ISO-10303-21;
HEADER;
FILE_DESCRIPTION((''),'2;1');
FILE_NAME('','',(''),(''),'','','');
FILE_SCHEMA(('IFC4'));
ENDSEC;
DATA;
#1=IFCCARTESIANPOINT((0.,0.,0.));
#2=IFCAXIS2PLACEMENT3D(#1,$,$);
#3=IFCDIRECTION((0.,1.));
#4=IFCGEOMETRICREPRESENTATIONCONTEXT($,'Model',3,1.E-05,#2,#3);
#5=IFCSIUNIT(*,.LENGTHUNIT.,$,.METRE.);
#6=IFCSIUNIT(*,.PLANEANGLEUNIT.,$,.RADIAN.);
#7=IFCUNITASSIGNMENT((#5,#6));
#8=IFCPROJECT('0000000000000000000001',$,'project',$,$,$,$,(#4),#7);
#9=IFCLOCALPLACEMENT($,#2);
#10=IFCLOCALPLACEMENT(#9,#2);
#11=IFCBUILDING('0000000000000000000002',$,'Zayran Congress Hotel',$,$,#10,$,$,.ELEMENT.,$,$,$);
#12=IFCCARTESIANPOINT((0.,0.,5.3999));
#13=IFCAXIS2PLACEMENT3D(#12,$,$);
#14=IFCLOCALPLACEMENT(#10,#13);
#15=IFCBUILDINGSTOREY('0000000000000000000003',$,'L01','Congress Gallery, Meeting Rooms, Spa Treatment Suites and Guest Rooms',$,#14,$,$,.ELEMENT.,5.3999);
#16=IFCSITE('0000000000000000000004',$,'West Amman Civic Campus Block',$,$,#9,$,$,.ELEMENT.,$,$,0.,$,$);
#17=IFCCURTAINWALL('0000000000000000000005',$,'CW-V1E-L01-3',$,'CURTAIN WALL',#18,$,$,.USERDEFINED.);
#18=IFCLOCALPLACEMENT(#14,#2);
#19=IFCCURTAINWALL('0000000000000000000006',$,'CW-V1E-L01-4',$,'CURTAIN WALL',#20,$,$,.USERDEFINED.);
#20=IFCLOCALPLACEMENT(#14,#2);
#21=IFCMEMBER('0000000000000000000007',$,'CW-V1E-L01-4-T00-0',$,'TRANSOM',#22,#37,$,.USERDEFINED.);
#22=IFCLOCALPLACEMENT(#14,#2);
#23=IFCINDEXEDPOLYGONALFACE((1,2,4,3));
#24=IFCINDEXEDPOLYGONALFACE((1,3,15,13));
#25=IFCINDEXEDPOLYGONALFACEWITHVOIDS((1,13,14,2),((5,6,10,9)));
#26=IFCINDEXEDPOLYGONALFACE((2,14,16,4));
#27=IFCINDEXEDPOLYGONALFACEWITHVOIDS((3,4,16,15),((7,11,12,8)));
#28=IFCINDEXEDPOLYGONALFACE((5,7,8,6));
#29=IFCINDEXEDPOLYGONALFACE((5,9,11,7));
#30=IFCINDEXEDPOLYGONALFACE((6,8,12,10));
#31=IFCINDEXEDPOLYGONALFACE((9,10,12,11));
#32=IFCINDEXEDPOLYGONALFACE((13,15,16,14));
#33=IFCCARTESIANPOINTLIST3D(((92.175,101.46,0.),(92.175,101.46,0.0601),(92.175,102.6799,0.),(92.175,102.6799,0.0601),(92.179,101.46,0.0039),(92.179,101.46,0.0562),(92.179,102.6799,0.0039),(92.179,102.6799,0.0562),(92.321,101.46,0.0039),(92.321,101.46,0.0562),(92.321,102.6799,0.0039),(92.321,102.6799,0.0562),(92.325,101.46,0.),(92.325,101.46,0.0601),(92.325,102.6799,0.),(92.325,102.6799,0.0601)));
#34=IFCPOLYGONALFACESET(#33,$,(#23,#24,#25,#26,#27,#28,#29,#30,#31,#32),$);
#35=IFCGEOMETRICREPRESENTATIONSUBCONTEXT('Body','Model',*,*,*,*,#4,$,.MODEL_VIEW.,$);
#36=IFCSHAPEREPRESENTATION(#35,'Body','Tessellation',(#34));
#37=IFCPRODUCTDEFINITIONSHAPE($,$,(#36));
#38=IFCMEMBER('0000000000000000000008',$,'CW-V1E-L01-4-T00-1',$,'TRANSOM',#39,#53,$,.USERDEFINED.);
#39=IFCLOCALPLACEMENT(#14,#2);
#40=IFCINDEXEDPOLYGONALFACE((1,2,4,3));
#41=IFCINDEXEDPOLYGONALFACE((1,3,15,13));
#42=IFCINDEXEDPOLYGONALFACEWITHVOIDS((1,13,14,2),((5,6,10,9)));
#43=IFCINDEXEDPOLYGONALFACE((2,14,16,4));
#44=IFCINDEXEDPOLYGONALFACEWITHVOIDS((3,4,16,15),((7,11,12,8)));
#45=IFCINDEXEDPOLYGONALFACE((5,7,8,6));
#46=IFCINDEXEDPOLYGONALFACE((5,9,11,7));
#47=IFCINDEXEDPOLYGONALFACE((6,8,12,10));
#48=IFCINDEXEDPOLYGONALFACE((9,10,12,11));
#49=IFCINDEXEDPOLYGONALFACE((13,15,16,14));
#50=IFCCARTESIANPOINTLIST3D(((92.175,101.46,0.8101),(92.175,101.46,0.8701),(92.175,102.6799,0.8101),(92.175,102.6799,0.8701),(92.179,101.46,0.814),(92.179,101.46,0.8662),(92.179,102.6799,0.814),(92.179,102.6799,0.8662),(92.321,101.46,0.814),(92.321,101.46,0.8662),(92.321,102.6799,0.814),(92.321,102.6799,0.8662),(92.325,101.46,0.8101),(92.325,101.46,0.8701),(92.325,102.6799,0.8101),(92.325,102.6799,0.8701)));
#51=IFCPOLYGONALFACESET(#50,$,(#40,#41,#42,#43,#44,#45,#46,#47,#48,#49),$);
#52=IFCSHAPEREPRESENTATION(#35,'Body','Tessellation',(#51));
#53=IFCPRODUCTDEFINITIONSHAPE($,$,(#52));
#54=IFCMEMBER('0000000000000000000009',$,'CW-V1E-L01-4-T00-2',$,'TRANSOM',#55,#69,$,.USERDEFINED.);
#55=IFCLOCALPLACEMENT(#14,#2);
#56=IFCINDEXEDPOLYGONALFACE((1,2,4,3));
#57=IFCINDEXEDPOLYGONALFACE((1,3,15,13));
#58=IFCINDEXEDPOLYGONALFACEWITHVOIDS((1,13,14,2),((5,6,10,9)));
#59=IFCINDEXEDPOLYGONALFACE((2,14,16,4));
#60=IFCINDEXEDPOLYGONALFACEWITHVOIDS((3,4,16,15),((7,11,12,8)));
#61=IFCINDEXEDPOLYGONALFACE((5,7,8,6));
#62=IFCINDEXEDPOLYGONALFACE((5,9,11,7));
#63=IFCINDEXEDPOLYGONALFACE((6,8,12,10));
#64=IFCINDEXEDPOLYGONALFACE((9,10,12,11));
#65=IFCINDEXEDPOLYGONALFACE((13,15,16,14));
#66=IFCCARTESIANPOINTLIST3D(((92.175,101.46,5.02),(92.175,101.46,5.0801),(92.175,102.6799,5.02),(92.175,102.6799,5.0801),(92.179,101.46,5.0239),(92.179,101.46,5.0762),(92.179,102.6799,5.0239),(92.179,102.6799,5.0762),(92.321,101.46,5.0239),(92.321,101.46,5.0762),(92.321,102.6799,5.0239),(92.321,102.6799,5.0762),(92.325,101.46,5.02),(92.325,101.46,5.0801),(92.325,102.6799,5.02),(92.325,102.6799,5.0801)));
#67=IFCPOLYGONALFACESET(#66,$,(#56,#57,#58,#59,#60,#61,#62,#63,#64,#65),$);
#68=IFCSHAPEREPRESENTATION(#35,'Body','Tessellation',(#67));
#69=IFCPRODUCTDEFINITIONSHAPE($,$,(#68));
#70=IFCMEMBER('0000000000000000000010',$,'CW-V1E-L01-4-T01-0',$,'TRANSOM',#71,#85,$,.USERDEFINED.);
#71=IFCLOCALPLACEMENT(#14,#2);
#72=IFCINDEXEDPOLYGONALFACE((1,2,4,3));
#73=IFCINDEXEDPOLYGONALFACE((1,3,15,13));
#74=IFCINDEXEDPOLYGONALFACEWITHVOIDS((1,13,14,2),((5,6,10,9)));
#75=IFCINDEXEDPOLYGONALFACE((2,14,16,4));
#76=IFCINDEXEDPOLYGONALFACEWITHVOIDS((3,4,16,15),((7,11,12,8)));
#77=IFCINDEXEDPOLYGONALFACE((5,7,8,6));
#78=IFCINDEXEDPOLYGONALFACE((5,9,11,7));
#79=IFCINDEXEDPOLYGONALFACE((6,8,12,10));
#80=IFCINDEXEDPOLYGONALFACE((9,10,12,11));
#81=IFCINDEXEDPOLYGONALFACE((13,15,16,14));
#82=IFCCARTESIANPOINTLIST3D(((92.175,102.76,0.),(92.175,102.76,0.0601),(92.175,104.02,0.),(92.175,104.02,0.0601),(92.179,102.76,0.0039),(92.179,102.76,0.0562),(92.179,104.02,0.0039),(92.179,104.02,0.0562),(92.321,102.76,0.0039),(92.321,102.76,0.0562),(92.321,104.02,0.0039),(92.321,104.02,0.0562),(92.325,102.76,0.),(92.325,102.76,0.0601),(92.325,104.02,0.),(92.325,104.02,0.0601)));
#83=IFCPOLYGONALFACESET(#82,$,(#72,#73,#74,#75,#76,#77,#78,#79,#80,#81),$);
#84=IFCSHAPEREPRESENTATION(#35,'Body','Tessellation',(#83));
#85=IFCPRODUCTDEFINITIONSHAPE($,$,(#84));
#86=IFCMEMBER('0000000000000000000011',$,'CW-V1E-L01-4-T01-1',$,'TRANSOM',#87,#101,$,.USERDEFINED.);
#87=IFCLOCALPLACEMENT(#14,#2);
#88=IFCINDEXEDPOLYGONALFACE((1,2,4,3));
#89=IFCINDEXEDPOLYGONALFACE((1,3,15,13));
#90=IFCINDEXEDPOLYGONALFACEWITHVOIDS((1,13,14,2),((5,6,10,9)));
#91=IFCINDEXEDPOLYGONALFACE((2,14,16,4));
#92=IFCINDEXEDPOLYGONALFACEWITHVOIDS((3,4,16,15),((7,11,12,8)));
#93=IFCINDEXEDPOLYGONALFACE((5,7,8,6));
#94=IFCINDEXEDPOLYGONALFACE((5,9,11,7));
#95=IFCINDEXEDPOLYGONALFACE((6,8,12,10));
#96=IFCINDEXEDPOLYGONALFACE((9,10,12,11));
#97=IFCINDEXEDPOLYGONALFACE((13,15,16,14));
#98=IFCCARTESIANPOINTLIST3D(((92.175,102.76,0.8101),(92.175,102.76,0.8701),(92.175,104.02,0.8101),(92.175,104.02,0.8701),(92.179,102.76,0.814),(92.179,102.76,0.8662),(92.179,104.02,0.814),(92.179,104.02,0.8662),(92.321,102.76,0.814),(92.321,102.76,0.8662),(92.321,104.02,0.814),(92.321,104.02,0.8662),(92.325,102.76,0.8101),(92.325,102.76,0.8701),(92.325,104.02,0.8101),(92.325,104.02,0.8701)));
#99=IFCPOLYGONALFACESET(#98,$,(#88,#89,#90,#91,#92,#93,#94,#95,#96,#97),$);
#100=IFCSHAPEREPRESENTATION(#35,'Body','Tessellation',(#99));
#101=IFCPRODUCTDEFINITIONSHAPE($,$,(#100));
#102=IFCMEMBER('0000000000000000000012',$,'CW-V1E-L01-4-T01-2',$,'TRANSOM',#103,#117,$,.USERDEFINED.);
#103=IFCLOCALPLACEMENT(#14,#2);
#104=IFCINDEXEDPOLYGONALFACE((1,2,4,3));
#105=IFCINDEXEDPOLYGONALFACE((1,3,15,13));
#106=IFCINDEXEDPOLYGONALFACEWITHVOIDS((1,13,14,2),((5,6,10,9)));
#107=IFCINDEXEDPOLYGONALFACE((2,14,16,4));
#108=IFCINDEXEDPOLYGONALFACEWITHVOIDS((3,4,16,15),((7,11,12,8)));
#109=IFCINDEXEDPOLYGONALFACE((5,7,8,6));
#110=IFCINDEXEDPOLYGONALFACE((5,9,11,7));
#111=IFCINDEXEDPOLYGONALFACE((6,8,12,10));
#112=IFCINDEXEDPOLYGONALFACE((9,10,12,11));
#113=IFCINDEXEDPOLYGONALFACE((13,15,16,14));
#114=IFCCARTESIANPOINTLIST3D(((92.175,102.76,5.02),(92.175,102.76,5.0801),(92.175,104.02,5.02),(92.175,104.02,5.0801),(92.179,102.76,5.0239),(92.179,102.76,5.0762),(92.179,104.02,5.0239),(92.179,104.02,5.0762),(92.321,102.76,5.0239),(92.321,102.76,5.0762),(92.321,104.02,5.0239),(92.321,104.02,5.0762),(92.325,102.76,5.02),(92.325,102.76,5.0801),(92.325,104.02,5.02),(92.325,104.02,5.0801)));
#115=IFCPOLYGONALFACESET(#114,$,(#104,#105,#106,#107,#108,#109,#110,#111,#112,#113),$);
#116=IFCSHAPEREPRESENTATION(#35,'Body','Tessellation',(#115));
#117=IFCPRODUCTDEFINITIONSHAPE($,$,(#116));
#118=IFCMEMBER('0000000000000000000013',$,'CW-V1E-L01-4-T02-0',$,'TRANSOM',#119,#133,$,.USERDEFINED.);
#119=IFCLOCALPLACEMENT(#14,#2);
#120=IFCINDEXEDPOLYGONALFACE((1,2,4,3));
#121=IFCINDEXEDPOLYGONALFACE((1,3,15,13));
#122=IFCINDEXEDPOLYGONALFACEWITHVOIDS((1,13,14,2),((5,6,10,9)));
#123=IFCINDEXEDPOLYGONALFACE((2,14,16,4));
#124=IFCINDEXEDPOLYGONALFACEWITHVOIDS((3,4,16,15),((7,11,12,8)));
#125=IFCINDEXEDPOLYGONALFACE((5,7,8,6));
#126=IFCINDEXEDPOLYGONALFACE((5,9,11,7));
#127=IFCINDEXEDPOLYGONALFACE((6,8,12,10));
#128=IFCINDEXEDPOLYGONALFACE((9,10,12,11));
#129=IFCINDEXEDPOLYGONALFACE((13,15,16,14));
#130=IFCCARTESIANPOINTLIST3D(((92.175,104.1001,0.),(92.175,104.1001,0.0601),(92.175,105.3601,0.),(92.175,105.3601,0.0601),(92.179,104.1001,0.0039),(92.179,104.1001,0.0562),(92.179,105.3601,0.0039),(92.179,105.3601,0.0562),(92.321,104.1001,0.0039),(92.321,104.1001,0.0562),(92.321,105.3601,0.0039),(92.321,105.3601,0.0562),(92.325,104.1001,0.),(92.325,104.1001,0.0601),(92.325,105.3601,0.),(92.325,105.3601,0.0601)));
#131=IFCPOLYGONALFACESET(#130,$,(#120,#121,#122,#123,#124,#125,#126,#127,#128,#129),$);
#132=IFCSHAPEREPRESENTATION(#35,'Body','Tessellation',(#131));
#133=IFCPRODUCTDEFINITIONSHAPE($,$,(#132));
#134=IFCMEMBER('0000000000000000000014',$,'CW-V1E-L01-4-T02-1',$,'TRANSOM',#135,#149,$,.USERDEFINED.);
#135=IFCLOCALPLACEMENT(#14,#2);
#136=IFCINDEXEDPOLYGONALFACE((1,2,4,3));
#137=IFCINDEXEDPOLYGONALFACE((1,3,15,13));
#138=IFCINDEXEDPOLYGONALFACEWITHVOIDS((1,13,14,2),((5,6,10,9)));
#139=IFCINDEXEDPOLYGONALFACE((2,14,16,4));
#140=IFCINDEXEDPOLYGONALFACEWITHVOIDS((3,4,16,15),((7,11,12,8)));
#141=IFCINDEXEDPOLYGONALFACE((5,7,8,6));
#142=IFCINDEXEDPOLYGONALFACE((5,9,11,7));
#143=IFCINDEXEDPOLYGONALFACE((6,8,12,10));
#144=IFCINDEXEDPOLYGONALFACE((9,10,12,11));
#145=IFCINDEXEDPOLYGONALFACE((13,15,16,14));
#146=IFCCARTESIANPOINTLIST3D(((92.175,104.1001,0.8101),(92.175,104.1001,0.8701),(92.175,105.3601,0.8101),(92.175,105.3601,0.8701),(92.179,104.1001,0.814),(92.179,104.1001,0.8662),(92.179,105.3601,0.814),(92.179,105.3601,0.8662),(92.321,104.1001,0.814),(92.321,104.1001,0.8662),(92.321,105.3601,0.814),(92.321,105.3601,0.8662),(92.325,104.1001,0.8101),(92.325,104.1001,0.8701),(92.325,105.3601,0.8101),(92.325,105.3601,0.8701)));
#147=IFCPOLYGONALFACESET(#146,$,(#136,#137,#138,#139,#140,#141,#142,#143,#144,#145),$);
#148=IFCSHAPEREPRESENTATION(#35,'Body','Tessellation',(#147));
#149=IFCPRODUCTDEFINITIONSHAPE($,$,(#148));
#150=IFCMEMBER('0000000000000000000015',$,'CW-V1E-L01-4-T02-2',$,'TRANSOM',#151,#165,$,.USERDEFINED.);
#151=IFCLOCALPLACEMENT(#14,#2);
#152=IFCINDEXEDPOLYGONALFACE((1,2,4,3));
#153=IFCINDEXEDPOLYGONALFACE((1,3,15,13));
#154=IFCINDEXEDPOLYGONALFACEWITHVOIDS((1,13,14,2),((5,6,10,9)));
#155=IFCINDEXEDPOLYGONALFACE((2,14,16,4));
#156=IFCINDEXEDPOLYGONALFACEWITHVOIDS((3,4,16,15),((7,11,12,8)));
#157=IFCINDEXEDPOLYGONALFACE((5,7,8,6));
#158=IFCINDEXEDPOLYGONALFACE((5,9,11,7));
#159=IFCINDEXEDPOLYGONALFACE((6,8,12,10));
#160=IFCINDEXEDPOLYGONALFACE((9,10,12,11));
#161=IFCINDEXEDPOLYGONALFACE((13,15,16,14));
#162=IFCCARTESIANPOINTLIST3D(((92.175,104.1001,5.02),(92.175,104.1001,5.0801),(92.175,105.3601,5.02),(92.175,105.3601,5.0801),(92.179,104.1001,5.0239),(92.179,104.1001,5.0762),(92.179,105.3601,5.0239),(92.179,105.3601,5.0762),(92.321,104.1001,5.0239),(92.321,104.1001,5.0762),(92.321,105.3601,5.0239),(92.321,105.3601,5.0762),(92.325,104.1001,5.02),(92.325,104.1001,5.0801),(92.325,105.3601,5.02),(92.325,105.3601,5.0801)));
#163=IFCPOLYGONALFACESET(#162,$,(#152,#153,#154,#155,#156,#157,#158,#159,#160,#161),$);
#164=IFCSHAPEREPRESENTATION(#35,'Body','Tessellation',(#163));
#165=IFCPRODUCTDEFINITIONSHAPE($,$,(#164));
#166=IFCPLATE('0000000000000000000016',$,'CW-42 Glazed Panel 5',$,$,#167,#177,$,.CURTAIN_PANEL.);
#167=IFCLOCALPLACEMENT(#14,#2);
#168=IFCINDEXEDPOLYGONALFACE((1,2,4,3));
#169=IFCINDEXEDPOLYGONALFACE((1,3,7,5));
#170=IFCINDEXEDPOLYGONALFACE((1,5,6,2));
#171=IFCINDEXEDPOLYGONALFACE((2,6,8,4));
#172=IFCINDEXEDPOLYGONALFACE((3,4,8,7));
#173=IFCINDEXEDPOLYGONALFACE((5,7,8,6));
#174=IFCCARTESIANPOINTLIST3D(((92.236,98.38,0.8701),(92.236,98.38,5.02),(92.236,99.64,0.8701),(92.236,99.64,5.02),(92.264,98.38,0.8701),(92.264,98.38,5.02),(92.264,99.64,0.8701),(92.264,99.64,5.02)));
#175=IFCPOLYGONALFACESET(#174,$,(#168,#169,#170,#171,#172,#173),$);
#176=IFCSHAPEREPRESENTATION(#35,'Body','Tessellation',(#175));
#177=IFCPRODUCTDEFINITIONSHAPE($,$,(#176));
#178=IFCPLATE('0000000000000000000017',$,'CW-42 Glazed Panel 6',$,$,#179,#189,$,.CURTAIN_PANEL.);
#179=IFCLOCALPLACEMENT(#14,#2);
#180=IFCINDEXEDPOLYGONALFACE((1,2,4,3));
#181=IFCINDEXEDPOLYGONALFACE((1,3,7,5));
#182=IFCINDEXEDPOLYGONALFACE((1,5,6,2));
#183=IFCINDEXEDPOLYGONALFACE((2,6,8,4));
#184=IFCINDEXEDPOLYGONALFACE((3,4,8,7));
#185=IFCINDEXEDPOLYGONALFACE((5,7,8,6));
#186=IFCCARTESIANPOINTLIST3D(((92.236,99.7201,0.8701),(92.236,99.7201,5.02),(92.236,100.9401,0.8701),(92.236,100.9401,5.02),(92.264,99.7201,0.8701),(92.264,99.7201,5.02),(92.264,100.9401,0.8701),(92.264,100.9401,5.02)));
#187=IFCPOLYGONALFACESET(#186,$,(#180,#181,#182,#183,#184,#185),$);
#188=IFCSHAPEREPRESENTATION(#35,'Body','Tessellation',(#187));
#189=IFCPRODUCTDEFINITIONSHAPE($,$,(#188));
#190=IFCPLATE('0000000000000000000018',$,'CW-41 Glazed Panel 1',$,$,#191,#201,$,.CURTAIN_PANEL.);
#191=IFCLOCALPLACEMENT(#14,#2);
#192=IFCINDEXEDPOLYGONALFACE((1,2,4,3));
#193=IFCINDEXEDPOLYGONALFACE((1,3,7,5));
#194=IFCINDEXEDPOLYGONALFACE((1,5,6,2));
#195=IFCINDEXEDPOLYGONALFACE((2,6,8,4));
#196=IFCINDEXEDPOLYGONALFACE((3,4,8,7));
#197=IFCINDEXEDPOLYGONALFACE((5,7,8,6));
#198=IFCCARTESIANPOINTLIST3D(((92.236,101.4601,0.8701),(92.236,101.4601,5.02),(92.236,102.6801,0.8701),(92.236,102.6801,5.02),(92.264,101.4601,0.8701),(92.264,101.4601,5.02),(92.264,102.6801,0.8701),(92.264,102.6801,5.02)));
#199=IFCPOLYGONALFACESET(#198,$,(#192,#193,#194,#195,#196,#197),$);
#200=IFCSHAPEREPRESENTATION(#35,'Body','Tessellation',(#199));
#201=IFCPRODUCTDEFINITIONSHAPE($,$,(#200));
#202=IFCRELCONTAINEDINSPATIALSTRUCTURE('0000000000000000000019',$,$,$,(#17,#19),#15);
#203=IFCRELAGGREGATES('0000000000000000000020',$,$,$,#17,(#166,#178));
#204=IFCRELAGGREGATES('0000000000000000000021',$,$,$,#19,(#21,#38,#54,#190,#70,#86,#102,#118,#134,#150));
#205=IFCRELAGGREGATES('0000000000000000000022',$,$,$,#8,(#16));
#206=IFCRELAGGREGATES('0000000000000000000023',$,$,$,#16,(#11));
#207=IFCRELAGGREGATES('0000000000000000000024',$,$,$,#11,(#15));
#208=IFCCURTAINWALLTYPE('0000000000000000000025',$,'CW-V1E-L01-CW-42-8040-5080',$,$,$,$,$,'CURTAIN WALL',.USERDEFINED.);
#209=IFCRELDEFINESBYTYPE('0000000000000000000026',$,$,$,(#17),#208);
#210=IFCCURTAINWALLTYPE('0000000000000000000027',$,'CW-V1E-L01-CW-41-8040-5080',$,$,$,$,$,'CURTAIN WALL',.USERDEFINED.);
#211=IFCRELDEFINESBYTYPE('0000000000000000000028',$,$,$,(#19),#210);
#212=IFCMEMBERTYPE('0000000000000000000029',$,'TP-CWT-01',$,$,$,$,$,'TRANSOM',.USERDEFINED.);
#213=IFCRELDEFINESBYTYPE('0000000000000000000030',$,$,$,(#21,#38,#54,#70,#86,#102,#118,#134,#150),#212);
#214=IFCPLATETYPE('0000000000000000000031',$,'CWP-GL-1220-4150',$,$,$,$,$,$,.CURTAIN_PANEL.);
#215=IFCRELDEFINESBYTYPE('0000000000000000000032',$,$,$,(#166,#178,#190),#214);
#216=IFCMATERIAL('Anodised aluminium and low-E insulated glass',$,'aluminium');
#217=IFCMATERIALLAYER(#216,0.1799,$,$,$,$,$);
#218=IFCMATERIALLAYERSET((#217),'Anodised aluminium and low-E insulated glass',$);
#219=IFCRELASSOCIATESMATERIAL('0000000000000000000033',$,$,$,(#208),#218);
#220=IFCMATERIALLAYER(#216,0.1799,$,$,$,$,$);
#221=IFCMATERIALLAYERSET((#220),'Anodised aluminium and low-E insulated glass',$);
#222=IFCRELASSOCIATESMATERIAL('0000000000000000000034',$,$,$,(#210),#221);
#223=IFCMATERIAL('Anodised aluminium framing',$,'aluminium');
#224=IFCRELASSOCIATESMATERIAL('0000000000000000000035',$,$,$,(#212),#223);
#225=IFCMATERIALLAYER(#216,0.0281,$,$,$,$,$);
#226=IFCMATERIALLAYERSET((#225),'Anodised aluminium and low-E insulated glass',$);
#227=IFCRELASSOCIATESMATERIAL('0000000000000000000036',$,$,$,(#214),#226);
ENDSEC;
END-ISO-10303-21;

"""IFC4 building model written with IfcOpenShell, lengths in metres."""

from ifc_helpers import new_model, si_unit, direction, frame, origin, origin_2d, place, context, subcontext, project, spatial, rectangle, hollow_rectangle, extrude, material, layer, layer_set, material_profile, profile_set, type_object, element, aggregate, save


model = new_model("IFC4")

# Units and contexts
model_context = context("Model", 3, precision=1e-05, world=origin(), true_north=direction((0.0, 1.0)))
body_context = subcontext(model_context, "Body", "Model", "MODEL_VIEW")
ifc_project = project(units=[si_unit("LENGTHUNIT", "METRE"), si_unit("PLANEANGLEUNIT", "RADIAN")], contexts=[model_context])

# Site, building, storey
site_placement = place(None, origin())
site = spatial("IfcSite", under=ifc_project, at=site_placement, Name="West Amman Civic Campus Block", CompositionType="ELEMENT", RefElevation=0.0)
building_placement = place(site_placement, origin())
building = spatial("IfcBuilding", under=site, at=building_placement, Name="Zayran Congress Hotel", CompositionType="ELEMENT")
storey_placement = place(building_placement, frame((0.0, 0.0, 5.3999)))
storey = spatial("IfcBuildingStorey", under=building, at=storey_placement, Name="L01", Description="Congress Gallery, Meeting Rooms, Spa Treatment Suites and Guest Rooms", CompositionType="ELEMENT", Elevation=5.3999)

# Curtain walls
ifc_material_1 = material(Name="Anodised aluminium and low-E insulated glass", Category="aluminium")
ifc_layer_1 = layer(ifc_material_1, 0.1799)
ifc_layer_set_1 = layer_set([ifc_layer_1], Name="Anodised aluminium and low-E insulated glass")
curtain_wall_type_1 = type_object("IfcCurtainWallType", Name="CW-V1E-L01-CW-42-8040-5080", ElementType="CURTAIN WALL", PredefinedType="USERDEFINED", material=ifc_layer_set_1)
curtain_wall_1_placement = place(storey_placement, origin())
curtain_wall_1 = element("IfcCurtainWall", 1, at=curtain_wall_1_placement, inside=storey, type_object=curtain_wall_type_1, Name="CW-V1E-L01-3", ObjectType="CURTAIN WALL", PredefinedType="USERDEFINED")
ifc_material_2 = material(Name="Anodised aluminium framing", Category="aluminium")
ifc_layer_2 = layer(ifc_material_1, 0.1799)
ifc_layer_set_2 = layer_set([ifc_layer_2], Name="Anodised aluminium and low-E insulated glass")
curtain_wall_type_2 = type_object("IfcCurtainWallType", Name="CW-V1E-L01-CW-41-8040-5080", ElementType="CURTAIN WALL", PredefinedType="USERDEFINED", material=ifc_layer_set_2)
curtain_wall_2_placement = place(storey_placement, origin())
curtain_wall_2 = element("IfcCurtainWall", 2, at=curtain_wall_2_placement, inside=storey, type_object=curtain_wall_type_2, Name="CW-V1E-L01-4", ObjectType="CURTAIN WALL", PredefinedType="USERDEFINED")

# Members
ifc_material_profile_1 = material_profile(ifc_material_2, hollow_rectangle(XDim=0.0601, YDim=0.1499, WallThickness=0.0039, at=origin_2d()), Name="RHS 150x60x4")
ifc_profile_set_1 = profile_set([ifc_material_profile_1], Name="Anodised aluminium framing")
member_type_1 = type_object("IfcMemberType", Name="TP-CWT-01", ElementType="TRANSOM", PredefinedType="USERDEFINED", material=ifc_profile_set_1)
member_1_placement = place(storey_placement, frame((92.25, 101.46, 0.03), z_axis=(0.0, 1.0, 0.0), x_axis=(0.0, 0.0, 1.0)))
member_1 = element("IfcMember", 3, at=member_1_placement, type_object=member_type_1, Name="CW-V1E-L01-4-T00-0", ObjectType="TRANSOM", PredefinedType="USERDEFINED", context=body_context, shape_type="SweptSolid", body=[
    extrude(hollow_rectangle(XDim=0.0601, YDim=0.1499, WallThickness=0.0039, at=origin_2d()), origin(), (0.0, 0.0, 1.0), 1.22),
])
member_2_placement = place(storey_placement, frame((92.25, 101.46, 0.8401), z_axis=(0.0, 1.0, 0.0), x_axis=(0.0, 0.0, 1.0)))
member_2 = element("IfcMember", 4, at=member_2_placement, type_object=member_type_1, Name="CW-V1E-L01-4-T00-1", ObjectType="TRANSOM", PredefinedType="USERDEFINED", context=body_context, shape_type="SweptSolid", body=[
    extrude(hollow_rectangle(XDim=0.0601, YDim=0.1499, WallThickness=0.0039, at=origin_2d()), origin(), (0.0, 0.0, 1.0), 1.22),
])
member_3_placement = place(storey_placement, frame((92.25, 101.46, 5.05), z_axis=(0.0, 1.0, 0.0), x_axis=(0.0, 0.0, 1.0)))
member_3 = element("IfcMember", 5, at=member_3_placement, type_object=member_type_1, Name="CW-V1E-L01-4-T00-2", ObjectType="TRANSOM", PredefinedType="USERDEFINED", context=body_context, shape_type="SweptSolid", body=[
    extrude(hollow_rectangle(XDim=0.0601, YDim=0.1499, WallThickness=0.0039, at=origin_2d()), origin(), (0.0, 0.0, 1.0), 1.22),
])
member_4_placement = place(storey_placement, frame((92.25, 102.76, 0.03), z_axis=(0.0, 1.0, 0.0), x_axis=(0.0, 0.0, 1.0)))
member_4 = element("IfcMember", 6, at=member_4_placement, type_object=member_type_1, Name="CW-V1E-L01-4-T01-0", ObjectType="TRANSOM", PredefinedType="USERDEFINED", context=body_context, shape_type="SweptSolid", body=[
    extrude(hollow_rectangle(XDim=0.0601, YDim=0.1499, WallThickness=0.0039, at=origin_2d()), origin(), (0.0, 0.0, 1.0), 1.26),
])
member_5_placement = place(storey_placement, frame((92.25, 102.76, 0.8401), z_axis=(0.0, 1.0, 0.0), x_axis=(0.0, 0.0, 1.0)))
member_5 = element("IfcMember", 7, at=member_5_placement, type_object=member_type_1, Name="CW-V1E-L01-4-T01-1", ObjectType="TRANSOM", PredefinedType="USERDEFINED", context=body_context, shape_type="SweptSolid", body=[
    extrude(hollow_rectangle(XDim=0.0601, YDim=0.1499, WallThickness=0.0039, at=origin_2d()), origin(), (0.0, 0.0, 1.0), 1.26),
])
member_6_placement = place(storey_placement, frame((92.25, 102.76, 5.05), z_axis=(0.0, 1.0, 0.0), x_axis=(0.0, 0.0, 1.0)))
member_6 = element("IfcMember", 8, at=member_6_placement, type_object=member_type_1, Name="CW-V1E-L01-4-T01-2", ObjectType="TRANSOM", PredefinedType="USERDEFINED", context=body_context, shape_type="SweptSolid", body=[
    extrude(hollow_rectangle(XDim=0.0601, YDim=0.1499, WallThickness=0.0039, at=origin_2d()), origin(), (0.0, 0.0, 1.0), 1.26),
])
member_7_placement = place(storey_placement, frame((92.25, 104.1001, 0.03), z_axis=(0.0, 1.0, 0.0), x_axis=(0.0, 0.0, 1.0)))
member_7 = element("IfcMember", 9, at=member_7_placement, type_object=member_type_1, Name="CW-V1E-L01-4-T02-0", ObjectType="TRANSOM", PredefinedType="USERDEFINED", context=body_context, shape_type="SweptSolid", body=[
    extrude(hollow_rectangle(XDim=0.0601, YDim=0.1499, WallThickness=0.0039, at=origin_2d()), origin(), (0.0, 0.0, 1.0), 1.26),
])
member_8_placement = place(storey_placement, frame((92.25, 104.1001, 0.8401), z_axis=(0.0, 1.0, 0.0), x_axis=(0.0, 0.0, 1.0)))
member_8 = element("IfcMember", 10, at=member_8_placement, type_object=member_type_1, Name="CW-V1E-L01-4-T02-1", ObjectType="TRANSOM", PredefinedType="USERDEFINED", context=body_context, shape_type="SweptSolid", body=[
    extrude(hollow_rectangle(XDim=0.0601, YDim=0.1499, WallThickness=0.0039, at=origin_2d()), origin(), (0.0, 0.0, 1.0), 1.26),
])
member_9_placement = place(storey_placement, frame((92.25, 104.1001, 5.05), z_axis=(0.0, 1.0, 0.0), x_axis=(0.0, 0.0, 1.0)))
member_9 = element("IfcMember", 11, at=member_9_placement, type_object=member_type_1, Name="CW-V1E-L01-4-T02-2", ObjectType="TRANSOM", PredefinedType="USERDEFINED", context=body_context, shape_type="SweptSolid", body=[
    extrude(hollow_rectangle(XDim=0.0601, YDim=0.1499, WallThickness=0.0039, at=origin_2d()), origin(), (0.0, 0.0, 1.0), 1.26),
])

# Plates
ifc_layer_3 = layer(ifc_material_1, 0.0281)
ifc_layer_set_3 = layer_set([ifc_layer_3], Name="Anodised aluminium and low-E insulated glass")
plate_type_1 = type_object("IfcPlateType", Name="CWP-GL-1220-4150", PredefinedType="CURTAIN_PANEL", material=ifc_layer_set_3)
plate_1_placement = place(storey_placement, frame((92.25, 99.01, 0.8701), z_axis=(0.0, 0.0, 1.0), x_axis=(0.0, 1.0, 0.0)))
plate_1 = element("IfcPlate", 12, at=plate_1_placement, type_object=plate_type_1, Name="CW-42 Glazed Panel 5", PredefinedType="CURTAIN_PANEL", context=body_context, shape_type="SweptSolid", body=[
    extrude(rectangle(XDim=1.26, YDim=0.0281, at=origin_2d()), origin(), (0.0, 0.0, 1.0), 4.1499),
])
plate_2_placement = place(storey_placement, frame((92.25, 100.3301, 0.8701), z_axis=(0.0, 0.0, 1.0), x_axis=(0.0, 1.0, 0.0)))
plate_2 = element("IfcPlate", 13, at=plate_2_placement, type_object=plate_type_1, Name="CW-42 Glazed Panel 6", PredefinedType="CURTAIN_PANEL", context=body_context, shape_type="SweptSolid", body=[
    extrude(rectangle(XDim=1.22, YDim=0.0281, at=origin_2d()), origin(), (0.0, 0.0, 1.0), 4.1499),
])
plate_3_placement = place(storey_placement, frame((92.25, 102.0701, 0.8701), z_axis=(0.0, 0.0, 1.0), x_axis=(0.0, 1.0, 0.0)))
plate_3 = element("IfcPlate", 14, at=plate_3_placement, type_object=plate_type_1, Name="CW-41 Glazed Panel 1", PredefinedType="CURTAIN_PANEL", context=body_context, shape_type="SweptSolid", body=[
    extrude(rectangle(XDim=1.22, YDim=0.0281, at=origin_2d()), origin(), (0.0, 0.0, 1.0), 4.1499),
])
aggregate(curtain_wall_1, [plate_1, plate_2])
aggregate(curtain_wall_2, [member_1, member_2, member_3, plate_3, member_4, member_5, member_6, member_7, member_8, member_9])

save(model, "model.ifc")
